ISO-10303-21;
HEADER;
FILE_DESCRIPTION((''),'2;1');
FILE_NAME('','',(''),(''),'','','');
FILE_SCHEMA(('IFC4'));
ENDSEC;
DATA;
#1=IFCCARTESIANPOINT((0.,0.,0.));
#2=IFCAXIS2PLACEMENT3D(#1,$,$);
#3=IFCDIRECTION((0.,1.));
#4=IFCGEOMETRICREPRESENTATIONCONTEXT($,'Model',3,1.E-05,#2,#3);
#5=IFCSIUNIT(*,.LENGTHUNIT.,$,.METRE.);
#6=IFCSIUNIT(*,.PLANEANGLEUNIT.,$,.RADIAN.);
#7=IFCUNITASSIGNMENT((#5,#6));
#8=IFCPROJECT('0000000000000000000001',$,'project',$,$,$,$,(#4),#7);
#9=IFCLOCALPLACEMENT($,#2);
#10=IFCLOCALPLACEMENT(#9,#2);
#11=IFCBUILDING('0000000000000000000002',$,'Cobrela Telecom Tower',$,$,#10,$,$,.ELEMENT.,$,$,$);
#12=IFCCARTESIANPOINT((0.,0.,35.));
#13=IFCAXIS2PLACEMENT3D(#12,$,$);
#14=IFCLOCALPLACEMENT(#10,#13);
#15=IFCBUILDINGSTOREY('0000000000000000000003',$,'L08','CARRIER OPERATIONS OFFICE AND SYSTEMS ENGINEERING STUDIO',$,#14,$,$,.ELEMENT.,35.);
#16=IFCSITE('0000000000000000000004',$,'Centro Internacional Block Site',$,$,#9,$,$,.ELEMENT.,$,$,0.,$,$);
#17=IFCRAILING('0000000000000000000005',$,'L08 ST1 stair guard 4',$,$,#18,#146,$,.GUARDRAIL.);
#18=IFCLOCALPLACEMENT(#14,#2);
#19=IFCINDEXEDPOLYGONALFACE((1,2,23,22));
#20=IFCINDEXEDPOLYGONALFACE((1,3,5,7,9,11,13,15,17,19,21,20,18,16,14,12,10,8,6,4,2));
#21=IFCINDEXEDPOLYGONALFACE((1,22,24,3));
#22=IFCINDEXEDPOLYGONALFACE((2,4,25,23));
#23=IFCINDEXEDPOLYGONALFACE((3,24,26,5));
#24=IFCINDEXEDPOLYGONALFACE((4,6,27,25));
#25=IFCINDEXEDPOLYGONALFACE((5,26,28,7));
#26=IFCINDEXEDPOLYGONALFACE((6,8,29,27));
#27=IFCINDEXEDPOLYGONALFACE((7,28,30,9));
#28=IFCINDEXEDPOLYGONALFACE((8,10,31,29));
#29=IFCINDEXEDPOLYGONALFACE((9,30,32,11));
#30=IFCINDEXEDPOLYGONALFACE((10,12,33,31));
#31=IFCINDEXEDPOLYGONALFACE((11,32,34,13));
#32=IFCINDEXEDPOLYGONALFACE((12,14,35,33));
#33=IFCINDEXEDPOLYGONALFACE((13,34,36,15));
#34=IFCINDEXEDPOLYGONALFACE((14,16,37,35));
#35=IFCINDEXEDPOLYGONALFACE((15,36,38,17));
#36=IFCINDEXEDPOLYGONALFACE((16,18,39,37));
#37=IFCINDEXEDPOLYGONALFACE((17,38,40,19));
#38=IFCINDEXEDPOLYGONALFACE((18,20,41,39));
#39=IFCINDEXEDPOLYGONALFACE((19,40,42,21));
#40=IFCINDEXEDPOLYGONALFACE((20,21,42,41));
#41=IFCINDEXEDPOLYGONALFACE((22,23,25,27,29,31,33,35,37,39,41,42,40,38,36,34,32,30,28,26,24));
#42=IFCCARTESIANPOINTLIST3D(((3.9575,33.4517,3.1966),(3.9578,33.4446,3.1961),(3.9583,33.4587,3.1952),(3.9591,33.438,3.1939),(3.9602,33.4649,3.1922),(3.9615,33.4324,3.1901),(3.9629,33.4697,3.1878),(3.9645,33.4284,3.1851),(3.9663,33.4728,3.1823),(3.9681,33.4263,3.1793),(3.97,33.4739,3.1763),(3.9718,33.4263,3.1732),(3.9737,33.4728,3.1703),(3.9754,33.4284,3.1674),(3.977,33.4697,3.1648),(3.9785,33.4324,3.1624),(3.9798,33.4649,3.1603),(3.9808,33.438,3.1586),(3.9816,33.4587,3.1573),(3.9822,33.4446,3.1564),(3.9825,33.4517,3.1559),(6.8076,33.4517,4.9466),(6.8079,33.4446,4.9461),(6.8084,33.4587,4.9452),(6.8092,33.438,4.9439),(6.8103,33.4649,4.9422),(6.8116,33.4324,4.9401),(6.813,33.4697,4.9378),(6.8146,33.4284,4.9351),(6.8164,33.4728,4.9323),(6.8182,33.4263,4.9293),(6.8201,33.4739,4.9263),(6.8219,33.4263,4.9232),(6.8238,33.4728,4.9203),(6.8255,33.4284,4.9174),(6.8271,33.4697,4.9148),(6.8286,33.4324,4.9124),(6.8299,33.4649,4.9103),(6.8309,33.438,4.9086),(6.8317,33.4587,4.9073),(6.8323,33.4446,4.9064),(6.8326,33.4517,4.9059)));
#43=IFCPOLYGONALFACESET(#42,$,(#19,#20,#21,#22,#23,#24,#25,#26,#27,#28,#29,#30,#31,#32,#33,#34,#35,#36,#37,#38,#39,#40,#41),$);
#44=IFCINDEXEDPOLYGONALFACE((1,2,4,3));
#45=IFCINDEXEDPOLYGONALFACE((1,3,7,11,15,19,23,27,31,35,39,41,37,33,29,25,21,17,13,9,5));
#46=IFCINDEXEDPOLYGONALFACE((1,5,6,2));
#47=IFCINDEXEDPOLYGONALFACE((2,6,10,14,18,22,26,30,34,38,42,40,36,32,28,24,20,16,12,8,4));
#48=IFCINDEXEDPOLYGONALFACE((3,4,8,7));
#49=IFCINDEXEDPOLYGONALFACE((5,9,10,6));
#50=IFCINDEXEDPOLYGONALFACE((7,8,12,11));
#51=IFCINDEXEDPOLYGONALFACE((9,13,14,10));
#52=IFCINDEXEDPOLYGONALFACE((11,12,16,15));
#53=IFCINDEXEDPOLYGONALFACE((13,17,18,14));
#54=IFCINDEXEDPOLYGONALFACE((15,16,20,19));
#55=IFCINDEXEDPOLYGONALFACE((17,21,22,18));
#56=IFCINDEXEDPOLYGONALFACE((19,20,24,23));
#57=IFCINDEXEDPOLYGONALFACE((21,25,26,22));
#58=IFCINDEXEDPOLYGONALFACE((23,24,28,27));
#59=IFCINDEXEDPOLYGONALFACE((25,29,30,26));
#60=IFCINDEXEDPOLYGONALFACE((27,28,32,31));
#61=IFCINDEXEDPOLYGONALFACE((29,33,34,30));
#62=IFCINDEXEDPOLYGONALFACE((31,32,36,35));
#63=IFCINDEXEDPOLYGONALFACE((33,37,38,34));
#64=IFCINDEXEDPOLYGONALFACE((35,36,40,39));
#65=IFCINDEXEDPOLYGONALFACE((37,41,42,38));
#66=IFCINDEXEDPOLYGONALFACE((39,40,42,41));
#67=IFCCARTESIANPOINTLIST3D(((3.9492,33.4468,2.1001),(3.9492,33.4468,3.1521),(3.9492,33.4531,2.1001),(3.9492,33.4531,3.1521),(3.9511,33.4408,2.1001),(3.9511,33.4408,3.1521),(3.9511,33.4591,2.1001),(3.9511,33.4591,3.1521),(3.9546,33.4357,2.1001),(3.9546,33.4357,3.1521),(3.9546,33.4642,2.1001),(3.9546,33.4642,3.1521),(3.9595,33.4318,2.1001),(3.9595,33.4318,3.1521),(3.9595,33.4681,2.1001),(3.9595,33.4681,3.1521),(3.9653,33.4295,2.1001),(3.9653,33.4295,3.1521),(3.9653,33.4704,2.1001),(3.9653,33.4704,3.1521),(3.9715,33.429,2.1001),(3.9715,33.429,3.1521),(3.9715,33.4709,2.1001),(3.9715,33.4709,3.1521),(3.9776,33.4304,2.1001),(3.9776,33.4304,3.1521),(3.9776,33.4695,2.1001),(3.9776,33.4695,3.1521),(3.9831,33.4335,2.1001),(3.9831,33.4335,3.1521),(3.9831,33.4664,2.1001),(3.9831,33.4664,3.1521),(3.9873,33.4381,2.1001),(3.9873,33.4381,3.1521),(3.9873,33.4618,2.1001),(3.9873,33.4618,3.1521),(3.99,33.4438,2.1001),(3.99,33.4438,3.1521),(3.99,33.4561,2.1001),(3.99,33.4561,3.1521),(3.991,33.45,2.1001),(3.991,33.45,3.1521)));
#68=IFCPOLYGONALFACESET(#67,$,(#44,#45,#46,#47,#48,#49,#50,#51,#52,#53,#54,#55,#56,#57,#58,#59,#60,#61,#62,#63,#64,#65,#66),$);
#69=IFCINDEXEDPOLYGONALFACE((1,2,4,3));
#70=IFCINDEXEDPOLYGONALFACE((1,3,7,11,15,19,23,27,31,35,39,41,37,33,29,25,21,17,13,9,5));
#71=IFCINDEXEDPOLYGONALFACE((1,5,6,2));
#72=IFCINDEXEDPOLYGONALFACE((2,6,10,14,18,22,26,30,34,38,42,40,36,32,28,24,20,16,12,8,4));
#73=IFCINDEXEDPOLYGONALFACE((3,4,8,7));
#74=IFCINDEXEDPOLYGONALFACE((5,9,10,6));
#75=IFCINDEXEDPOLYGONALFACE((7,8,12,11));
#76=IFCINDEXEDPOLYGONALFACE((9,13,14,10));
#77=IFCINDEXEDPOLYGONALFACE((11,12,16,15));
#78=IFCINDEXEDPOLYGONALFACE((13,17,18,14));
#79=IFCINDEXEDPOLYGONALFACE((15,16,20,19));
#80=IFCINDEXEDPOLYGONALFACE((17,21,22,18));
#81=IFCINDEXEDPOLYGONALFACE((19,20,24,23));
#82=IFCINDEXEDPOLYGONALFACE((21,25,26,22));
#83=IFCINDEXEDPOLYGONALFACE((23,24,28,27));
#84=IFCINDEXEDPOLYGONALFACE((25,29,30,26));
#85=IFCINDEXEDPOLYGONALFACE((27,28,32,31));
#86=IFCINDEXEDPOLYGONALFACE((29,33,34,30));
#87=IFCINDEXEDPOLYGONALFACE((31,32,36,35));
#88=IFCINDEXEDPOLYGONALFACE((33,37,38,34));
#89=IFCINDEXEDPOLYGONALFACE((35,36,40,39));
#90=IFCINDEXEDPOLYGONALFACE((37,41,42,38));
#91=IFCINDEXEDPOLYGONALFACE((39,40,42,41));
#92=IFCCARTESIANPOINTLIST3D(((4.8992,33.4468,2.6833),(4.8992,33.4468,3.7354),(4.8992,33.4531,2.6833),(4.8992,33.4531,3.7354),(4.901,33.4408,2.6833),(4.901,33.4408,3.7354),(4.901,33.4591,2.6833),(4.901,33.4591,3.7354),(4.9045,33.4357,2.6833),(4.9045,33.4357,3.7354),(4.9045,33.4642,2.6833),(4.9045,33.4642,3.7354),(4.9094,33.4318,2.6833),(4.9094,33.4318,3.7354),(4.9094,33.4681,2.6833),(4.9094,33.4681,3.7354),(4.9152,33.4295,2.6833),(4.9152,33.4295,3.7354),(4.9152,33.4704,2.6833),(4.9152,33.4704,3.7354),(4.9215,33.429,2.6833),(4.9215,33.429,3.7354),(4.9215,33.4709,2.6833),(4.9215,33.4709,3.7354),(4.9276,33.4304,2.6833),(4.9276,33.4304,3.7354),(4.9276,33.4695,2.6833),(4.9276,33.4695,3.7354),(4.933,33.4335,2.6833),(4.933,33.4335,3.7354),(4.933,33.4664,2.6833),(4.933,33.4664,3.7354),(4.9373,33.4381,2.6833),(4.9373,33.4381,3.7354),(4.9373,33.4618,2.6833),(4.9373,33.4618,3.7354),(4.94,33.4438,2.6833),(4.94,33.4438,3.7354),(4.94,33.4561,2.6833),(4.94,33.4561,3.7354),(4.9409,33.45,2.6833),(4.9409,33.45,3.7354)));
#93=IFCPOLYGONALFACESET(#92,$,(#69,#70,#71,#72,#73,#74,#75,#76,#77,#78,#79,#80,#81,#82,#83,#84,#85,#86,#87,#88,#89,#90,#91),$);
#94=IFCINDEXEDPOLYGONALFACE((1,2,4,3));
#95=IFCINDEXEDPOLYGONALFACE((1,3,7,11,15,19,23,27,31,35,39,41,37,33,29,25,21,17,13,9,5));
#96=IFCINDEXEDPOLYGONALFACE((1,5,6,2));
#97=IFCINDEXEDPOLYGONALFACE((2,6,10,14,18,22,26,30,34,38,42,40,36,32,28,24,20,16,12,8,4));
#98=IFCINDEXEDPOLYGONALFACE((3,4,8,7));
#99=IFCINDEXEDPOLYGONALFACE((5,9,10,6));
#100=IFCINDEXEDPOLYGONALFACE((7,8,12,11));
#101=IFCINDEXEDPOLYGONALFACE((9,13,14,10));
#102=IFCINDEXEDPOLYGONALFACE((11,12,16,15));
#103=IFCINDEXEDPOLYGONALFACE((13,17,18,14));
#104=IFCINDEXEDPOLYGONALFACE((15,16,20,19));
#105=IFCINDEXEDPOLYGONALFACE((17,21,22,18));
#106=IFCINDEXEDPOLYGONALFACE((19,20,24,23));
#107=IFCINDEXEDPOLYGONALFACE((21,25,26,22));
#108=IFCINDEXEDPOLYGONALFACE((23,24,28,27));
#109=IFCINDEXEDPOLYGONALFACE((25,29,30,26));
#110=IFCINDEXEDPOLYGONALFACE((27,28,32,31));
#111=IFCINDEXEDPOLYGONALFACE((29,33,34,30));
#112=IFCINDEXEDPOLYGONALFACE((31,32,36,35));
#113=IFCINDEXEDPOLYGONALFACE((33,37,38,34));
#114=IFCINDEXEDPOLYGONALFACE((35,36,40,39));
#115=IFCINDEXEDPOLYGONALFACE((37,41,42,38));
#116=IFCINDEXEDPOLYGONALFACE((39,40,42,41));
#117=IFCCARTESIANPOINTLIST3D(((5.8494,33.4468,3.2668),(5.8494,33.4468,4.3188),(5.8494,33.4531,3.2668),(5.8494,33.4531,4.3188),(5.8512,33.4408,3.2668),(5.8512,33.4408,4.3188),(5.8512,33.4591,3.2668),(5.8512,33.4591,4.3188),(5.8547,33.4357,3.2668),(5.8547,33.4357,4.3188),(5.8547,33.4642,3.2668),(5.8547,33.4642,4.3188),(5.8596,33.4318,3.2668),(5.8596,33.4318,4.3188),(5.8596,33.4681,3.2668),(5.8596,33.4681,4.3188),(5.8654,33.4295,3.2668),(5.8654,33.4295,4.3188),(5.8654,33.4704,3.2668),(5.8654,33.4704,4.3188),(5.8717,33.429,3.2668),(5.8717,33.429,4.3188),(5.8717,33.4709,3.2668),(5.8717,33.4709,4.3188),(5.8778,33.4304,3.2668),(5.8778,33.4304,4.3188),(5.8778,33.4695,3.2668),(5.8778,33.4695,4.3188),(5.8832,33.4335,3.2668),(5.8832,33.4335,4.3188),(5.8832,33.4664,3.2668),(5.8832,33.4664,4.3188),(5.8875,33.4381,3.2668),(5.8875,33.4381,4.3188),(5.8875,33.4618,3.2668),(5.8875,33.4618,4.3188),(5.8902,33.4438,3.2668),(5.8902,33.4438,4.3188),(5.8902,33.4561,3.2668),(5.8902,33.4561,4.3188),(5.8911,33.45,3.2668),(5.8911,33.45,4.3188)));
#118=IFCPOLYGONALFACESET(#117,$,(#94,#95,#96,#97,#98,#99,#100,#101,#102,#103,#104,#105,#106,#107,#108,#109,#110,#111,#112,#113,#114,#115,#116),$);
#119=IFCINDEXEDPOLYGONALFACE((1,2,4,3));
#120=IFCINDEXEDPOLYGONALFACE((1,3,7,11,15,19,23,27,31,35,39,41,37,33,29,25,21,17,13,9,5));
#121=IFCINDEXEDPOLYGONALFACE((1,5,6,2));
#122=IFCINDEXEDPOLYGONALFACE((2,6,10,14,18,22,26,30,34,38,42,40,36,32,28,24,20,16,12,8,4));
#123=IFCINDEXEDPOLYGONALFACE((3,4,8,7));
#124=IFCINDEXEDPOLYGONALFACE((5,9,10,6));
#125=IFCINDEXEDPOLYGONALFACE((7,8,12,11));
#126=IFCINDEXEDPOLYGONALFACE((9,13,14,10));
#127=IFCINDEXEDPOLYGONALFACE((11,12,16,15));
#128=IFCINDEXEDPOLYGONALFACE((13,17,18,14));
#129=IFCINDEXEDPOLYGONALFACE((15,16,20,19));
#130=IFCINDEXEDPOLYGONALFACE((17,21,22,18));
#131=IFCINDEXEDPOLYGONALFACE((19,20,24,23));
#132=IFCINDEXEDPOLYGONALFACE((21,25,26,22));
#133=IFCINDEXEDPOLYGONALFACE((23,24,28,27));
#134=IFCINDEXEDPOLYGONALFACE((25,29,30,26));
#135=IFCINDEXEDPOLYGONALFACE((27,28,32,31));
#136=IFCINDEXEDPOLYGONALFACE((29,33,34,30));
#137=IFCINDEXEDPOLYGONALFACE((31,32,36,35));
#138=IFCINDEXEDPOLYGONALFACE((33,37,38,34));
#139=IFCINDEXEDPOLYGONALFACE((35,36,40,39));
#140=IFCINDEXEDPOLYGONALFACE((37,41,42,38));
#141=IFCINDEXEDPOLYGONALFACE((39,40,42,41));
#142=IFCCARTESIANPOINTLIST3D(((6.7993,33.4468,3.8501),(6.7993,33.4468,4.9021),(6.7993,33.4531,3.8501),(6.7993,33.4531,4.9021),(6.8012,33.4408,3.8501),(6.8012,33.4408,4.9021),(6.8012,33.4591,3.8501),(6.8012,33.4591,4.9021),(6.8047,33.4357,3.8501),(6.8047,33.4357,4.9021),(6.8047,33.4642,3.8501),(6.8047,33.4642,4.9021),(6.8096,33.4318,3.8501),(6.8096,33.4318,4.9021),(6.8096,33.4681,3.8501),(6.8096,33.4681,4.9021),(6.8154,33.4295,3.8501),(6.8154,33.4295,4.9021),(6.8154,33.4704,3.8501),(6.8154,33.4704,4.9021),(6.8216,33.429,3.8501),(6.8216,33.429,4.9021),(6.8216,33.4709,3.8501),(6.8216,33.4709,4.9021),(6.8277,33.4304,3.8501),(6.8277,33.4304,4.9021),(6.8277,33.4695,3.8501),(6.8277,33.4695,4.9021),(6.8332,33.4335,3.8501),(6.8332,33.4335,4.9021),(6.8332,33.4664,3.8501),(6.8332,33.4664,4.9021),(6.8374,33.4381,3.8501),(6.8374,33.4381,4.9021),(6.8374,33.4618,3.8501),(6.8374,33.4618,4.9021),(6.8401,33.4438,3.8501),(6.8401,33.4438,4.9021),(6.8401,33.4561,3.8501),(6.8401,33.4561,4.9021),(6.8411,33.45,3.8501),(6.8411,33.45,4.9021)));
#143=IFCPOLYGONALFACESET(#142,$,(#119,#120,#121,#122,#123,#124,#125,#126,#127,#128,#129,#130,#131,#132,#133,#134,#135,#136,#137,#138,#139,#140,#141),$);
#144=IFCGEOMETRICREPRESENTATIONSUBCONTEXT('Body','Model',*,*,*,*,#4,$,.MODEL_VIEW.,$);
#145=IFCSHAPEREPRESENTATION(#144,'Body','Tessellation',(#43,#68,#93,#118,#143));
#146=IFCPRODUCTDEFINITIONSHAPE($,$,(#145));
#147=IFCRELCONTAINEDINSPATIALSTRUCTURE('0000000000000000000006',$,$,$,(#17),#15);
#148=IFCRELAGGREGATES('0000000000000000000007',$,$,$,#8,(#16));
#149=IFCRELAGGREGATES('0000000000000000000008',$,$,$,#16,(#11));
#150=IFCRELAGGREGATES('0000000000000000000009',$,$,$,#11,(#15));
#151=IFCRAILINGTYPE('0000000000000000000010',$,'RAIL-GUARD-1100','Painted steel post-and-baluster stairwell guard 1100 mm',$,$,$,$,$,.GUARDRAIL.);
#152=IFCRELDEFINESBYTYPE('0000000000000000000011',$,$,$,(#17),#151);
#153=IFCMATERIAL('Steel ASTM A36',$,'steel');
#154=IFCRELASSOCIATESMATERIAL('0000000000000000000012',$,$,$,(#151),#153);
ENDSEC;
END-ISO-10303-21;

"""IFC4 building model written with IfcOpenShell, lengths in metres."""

from ifc_helpers import new_model, si_unit, direction, frame, origin, origin_2d, place, context, subcontext, project, spatial, circle, extrude, material, type_object, element, save


model = new_model("IFC4")

# Units and contexts
model_context = context("Model", 3, precision=1e-05, world=origin(), true_north=direction((0.0, 1.0)))
body_context = subcontext(model_context, "Body", "Model", "MODEL_VIEW")
ifc_project = project(units=[si_unit("LENGTHUNIT", "METRE"), si_unit("PLANEANGLEUNIT", "RADIAN")], contexts=[model_context])

# Site, building, storey
site_placement = place(None, origin())
site = spatial("IfcSite", under=ifc_project, at=site_placement, Name="Centro Internacional Block Site", CompositionType="ELEMENT", RefElevation=0.0)
building_placement = place(site_placement, origin())
building = spatial("IfcBuilding", under=site, at=building_placement, Name="Cobrela Telecom Tower", CompositionType="ELEMENT")
storey_placement = place(building_placement, frame((0.0, 0.0, 35.0)))
storey = spatial("IfcBuildingStorey", under=building, at=storey_placement, Name="L08", Description="CARRIER OPERATIONS OFFICE AND SYSTEMS ENGINEERING STUDIO", CompositionType="ELEMENT", Elevation=35.0)

# Shared definitions
ifc_material_1 = material(Name="Steel ASTM A36", Category="steel")

# Railing
railing_type_1 = type_object("IfcRailingType", Name="RAIL-GUARD-1100", Description="Painted steel post-and-baluster stairwell guard 1100 mm", PredefinedType="GUARDRAIL", material=ifc_material_1)
railing_1_placement = place(storey_placement, frame((3.97, 33.45, 2.1001)))
element("IfcRailing", 1, at=railing_1_placement, inside=storey, type_object=railing_type_1, Name="L08 ST1 stair guard 4", PredefinedType="GUARDRAIL", context=body_context, shape_type="SweptSolid", body=[
    extrude(circle(Radius=0.0239, at=origin_2d()), frame((0.0, 0.0, 1.0762), z_axis=(0.852179, 0.0, 0.52325), x_axis=(0.0, 1.0, 0.0)), (0.0, 0.0, 1.0), 3.3445),
    extrude(circle(Radius=0.021, at=origin_2d()), origin(), (0.0, 0.0, 1.0), 1.052),
    extrude(circle(Radius=0.021, at=origin_2d()), frame((0.95, 0.0, 0.5833)), (0.0, 0.0, 1.0), 1.052),
    extrude(circle(Radius=0.021, at=origin_2d()), frame((1.9001, 0.0, 1.1667)), (0.0, 0.0, 1.0), 1.052),
    extrude(circle(Radius=0.021, at=origin_2d()), frame((2.8501, 0.0, 1.75)), (0.0, 0.0, 1.0), 1.052),
])

save(model, "model.ifc")
